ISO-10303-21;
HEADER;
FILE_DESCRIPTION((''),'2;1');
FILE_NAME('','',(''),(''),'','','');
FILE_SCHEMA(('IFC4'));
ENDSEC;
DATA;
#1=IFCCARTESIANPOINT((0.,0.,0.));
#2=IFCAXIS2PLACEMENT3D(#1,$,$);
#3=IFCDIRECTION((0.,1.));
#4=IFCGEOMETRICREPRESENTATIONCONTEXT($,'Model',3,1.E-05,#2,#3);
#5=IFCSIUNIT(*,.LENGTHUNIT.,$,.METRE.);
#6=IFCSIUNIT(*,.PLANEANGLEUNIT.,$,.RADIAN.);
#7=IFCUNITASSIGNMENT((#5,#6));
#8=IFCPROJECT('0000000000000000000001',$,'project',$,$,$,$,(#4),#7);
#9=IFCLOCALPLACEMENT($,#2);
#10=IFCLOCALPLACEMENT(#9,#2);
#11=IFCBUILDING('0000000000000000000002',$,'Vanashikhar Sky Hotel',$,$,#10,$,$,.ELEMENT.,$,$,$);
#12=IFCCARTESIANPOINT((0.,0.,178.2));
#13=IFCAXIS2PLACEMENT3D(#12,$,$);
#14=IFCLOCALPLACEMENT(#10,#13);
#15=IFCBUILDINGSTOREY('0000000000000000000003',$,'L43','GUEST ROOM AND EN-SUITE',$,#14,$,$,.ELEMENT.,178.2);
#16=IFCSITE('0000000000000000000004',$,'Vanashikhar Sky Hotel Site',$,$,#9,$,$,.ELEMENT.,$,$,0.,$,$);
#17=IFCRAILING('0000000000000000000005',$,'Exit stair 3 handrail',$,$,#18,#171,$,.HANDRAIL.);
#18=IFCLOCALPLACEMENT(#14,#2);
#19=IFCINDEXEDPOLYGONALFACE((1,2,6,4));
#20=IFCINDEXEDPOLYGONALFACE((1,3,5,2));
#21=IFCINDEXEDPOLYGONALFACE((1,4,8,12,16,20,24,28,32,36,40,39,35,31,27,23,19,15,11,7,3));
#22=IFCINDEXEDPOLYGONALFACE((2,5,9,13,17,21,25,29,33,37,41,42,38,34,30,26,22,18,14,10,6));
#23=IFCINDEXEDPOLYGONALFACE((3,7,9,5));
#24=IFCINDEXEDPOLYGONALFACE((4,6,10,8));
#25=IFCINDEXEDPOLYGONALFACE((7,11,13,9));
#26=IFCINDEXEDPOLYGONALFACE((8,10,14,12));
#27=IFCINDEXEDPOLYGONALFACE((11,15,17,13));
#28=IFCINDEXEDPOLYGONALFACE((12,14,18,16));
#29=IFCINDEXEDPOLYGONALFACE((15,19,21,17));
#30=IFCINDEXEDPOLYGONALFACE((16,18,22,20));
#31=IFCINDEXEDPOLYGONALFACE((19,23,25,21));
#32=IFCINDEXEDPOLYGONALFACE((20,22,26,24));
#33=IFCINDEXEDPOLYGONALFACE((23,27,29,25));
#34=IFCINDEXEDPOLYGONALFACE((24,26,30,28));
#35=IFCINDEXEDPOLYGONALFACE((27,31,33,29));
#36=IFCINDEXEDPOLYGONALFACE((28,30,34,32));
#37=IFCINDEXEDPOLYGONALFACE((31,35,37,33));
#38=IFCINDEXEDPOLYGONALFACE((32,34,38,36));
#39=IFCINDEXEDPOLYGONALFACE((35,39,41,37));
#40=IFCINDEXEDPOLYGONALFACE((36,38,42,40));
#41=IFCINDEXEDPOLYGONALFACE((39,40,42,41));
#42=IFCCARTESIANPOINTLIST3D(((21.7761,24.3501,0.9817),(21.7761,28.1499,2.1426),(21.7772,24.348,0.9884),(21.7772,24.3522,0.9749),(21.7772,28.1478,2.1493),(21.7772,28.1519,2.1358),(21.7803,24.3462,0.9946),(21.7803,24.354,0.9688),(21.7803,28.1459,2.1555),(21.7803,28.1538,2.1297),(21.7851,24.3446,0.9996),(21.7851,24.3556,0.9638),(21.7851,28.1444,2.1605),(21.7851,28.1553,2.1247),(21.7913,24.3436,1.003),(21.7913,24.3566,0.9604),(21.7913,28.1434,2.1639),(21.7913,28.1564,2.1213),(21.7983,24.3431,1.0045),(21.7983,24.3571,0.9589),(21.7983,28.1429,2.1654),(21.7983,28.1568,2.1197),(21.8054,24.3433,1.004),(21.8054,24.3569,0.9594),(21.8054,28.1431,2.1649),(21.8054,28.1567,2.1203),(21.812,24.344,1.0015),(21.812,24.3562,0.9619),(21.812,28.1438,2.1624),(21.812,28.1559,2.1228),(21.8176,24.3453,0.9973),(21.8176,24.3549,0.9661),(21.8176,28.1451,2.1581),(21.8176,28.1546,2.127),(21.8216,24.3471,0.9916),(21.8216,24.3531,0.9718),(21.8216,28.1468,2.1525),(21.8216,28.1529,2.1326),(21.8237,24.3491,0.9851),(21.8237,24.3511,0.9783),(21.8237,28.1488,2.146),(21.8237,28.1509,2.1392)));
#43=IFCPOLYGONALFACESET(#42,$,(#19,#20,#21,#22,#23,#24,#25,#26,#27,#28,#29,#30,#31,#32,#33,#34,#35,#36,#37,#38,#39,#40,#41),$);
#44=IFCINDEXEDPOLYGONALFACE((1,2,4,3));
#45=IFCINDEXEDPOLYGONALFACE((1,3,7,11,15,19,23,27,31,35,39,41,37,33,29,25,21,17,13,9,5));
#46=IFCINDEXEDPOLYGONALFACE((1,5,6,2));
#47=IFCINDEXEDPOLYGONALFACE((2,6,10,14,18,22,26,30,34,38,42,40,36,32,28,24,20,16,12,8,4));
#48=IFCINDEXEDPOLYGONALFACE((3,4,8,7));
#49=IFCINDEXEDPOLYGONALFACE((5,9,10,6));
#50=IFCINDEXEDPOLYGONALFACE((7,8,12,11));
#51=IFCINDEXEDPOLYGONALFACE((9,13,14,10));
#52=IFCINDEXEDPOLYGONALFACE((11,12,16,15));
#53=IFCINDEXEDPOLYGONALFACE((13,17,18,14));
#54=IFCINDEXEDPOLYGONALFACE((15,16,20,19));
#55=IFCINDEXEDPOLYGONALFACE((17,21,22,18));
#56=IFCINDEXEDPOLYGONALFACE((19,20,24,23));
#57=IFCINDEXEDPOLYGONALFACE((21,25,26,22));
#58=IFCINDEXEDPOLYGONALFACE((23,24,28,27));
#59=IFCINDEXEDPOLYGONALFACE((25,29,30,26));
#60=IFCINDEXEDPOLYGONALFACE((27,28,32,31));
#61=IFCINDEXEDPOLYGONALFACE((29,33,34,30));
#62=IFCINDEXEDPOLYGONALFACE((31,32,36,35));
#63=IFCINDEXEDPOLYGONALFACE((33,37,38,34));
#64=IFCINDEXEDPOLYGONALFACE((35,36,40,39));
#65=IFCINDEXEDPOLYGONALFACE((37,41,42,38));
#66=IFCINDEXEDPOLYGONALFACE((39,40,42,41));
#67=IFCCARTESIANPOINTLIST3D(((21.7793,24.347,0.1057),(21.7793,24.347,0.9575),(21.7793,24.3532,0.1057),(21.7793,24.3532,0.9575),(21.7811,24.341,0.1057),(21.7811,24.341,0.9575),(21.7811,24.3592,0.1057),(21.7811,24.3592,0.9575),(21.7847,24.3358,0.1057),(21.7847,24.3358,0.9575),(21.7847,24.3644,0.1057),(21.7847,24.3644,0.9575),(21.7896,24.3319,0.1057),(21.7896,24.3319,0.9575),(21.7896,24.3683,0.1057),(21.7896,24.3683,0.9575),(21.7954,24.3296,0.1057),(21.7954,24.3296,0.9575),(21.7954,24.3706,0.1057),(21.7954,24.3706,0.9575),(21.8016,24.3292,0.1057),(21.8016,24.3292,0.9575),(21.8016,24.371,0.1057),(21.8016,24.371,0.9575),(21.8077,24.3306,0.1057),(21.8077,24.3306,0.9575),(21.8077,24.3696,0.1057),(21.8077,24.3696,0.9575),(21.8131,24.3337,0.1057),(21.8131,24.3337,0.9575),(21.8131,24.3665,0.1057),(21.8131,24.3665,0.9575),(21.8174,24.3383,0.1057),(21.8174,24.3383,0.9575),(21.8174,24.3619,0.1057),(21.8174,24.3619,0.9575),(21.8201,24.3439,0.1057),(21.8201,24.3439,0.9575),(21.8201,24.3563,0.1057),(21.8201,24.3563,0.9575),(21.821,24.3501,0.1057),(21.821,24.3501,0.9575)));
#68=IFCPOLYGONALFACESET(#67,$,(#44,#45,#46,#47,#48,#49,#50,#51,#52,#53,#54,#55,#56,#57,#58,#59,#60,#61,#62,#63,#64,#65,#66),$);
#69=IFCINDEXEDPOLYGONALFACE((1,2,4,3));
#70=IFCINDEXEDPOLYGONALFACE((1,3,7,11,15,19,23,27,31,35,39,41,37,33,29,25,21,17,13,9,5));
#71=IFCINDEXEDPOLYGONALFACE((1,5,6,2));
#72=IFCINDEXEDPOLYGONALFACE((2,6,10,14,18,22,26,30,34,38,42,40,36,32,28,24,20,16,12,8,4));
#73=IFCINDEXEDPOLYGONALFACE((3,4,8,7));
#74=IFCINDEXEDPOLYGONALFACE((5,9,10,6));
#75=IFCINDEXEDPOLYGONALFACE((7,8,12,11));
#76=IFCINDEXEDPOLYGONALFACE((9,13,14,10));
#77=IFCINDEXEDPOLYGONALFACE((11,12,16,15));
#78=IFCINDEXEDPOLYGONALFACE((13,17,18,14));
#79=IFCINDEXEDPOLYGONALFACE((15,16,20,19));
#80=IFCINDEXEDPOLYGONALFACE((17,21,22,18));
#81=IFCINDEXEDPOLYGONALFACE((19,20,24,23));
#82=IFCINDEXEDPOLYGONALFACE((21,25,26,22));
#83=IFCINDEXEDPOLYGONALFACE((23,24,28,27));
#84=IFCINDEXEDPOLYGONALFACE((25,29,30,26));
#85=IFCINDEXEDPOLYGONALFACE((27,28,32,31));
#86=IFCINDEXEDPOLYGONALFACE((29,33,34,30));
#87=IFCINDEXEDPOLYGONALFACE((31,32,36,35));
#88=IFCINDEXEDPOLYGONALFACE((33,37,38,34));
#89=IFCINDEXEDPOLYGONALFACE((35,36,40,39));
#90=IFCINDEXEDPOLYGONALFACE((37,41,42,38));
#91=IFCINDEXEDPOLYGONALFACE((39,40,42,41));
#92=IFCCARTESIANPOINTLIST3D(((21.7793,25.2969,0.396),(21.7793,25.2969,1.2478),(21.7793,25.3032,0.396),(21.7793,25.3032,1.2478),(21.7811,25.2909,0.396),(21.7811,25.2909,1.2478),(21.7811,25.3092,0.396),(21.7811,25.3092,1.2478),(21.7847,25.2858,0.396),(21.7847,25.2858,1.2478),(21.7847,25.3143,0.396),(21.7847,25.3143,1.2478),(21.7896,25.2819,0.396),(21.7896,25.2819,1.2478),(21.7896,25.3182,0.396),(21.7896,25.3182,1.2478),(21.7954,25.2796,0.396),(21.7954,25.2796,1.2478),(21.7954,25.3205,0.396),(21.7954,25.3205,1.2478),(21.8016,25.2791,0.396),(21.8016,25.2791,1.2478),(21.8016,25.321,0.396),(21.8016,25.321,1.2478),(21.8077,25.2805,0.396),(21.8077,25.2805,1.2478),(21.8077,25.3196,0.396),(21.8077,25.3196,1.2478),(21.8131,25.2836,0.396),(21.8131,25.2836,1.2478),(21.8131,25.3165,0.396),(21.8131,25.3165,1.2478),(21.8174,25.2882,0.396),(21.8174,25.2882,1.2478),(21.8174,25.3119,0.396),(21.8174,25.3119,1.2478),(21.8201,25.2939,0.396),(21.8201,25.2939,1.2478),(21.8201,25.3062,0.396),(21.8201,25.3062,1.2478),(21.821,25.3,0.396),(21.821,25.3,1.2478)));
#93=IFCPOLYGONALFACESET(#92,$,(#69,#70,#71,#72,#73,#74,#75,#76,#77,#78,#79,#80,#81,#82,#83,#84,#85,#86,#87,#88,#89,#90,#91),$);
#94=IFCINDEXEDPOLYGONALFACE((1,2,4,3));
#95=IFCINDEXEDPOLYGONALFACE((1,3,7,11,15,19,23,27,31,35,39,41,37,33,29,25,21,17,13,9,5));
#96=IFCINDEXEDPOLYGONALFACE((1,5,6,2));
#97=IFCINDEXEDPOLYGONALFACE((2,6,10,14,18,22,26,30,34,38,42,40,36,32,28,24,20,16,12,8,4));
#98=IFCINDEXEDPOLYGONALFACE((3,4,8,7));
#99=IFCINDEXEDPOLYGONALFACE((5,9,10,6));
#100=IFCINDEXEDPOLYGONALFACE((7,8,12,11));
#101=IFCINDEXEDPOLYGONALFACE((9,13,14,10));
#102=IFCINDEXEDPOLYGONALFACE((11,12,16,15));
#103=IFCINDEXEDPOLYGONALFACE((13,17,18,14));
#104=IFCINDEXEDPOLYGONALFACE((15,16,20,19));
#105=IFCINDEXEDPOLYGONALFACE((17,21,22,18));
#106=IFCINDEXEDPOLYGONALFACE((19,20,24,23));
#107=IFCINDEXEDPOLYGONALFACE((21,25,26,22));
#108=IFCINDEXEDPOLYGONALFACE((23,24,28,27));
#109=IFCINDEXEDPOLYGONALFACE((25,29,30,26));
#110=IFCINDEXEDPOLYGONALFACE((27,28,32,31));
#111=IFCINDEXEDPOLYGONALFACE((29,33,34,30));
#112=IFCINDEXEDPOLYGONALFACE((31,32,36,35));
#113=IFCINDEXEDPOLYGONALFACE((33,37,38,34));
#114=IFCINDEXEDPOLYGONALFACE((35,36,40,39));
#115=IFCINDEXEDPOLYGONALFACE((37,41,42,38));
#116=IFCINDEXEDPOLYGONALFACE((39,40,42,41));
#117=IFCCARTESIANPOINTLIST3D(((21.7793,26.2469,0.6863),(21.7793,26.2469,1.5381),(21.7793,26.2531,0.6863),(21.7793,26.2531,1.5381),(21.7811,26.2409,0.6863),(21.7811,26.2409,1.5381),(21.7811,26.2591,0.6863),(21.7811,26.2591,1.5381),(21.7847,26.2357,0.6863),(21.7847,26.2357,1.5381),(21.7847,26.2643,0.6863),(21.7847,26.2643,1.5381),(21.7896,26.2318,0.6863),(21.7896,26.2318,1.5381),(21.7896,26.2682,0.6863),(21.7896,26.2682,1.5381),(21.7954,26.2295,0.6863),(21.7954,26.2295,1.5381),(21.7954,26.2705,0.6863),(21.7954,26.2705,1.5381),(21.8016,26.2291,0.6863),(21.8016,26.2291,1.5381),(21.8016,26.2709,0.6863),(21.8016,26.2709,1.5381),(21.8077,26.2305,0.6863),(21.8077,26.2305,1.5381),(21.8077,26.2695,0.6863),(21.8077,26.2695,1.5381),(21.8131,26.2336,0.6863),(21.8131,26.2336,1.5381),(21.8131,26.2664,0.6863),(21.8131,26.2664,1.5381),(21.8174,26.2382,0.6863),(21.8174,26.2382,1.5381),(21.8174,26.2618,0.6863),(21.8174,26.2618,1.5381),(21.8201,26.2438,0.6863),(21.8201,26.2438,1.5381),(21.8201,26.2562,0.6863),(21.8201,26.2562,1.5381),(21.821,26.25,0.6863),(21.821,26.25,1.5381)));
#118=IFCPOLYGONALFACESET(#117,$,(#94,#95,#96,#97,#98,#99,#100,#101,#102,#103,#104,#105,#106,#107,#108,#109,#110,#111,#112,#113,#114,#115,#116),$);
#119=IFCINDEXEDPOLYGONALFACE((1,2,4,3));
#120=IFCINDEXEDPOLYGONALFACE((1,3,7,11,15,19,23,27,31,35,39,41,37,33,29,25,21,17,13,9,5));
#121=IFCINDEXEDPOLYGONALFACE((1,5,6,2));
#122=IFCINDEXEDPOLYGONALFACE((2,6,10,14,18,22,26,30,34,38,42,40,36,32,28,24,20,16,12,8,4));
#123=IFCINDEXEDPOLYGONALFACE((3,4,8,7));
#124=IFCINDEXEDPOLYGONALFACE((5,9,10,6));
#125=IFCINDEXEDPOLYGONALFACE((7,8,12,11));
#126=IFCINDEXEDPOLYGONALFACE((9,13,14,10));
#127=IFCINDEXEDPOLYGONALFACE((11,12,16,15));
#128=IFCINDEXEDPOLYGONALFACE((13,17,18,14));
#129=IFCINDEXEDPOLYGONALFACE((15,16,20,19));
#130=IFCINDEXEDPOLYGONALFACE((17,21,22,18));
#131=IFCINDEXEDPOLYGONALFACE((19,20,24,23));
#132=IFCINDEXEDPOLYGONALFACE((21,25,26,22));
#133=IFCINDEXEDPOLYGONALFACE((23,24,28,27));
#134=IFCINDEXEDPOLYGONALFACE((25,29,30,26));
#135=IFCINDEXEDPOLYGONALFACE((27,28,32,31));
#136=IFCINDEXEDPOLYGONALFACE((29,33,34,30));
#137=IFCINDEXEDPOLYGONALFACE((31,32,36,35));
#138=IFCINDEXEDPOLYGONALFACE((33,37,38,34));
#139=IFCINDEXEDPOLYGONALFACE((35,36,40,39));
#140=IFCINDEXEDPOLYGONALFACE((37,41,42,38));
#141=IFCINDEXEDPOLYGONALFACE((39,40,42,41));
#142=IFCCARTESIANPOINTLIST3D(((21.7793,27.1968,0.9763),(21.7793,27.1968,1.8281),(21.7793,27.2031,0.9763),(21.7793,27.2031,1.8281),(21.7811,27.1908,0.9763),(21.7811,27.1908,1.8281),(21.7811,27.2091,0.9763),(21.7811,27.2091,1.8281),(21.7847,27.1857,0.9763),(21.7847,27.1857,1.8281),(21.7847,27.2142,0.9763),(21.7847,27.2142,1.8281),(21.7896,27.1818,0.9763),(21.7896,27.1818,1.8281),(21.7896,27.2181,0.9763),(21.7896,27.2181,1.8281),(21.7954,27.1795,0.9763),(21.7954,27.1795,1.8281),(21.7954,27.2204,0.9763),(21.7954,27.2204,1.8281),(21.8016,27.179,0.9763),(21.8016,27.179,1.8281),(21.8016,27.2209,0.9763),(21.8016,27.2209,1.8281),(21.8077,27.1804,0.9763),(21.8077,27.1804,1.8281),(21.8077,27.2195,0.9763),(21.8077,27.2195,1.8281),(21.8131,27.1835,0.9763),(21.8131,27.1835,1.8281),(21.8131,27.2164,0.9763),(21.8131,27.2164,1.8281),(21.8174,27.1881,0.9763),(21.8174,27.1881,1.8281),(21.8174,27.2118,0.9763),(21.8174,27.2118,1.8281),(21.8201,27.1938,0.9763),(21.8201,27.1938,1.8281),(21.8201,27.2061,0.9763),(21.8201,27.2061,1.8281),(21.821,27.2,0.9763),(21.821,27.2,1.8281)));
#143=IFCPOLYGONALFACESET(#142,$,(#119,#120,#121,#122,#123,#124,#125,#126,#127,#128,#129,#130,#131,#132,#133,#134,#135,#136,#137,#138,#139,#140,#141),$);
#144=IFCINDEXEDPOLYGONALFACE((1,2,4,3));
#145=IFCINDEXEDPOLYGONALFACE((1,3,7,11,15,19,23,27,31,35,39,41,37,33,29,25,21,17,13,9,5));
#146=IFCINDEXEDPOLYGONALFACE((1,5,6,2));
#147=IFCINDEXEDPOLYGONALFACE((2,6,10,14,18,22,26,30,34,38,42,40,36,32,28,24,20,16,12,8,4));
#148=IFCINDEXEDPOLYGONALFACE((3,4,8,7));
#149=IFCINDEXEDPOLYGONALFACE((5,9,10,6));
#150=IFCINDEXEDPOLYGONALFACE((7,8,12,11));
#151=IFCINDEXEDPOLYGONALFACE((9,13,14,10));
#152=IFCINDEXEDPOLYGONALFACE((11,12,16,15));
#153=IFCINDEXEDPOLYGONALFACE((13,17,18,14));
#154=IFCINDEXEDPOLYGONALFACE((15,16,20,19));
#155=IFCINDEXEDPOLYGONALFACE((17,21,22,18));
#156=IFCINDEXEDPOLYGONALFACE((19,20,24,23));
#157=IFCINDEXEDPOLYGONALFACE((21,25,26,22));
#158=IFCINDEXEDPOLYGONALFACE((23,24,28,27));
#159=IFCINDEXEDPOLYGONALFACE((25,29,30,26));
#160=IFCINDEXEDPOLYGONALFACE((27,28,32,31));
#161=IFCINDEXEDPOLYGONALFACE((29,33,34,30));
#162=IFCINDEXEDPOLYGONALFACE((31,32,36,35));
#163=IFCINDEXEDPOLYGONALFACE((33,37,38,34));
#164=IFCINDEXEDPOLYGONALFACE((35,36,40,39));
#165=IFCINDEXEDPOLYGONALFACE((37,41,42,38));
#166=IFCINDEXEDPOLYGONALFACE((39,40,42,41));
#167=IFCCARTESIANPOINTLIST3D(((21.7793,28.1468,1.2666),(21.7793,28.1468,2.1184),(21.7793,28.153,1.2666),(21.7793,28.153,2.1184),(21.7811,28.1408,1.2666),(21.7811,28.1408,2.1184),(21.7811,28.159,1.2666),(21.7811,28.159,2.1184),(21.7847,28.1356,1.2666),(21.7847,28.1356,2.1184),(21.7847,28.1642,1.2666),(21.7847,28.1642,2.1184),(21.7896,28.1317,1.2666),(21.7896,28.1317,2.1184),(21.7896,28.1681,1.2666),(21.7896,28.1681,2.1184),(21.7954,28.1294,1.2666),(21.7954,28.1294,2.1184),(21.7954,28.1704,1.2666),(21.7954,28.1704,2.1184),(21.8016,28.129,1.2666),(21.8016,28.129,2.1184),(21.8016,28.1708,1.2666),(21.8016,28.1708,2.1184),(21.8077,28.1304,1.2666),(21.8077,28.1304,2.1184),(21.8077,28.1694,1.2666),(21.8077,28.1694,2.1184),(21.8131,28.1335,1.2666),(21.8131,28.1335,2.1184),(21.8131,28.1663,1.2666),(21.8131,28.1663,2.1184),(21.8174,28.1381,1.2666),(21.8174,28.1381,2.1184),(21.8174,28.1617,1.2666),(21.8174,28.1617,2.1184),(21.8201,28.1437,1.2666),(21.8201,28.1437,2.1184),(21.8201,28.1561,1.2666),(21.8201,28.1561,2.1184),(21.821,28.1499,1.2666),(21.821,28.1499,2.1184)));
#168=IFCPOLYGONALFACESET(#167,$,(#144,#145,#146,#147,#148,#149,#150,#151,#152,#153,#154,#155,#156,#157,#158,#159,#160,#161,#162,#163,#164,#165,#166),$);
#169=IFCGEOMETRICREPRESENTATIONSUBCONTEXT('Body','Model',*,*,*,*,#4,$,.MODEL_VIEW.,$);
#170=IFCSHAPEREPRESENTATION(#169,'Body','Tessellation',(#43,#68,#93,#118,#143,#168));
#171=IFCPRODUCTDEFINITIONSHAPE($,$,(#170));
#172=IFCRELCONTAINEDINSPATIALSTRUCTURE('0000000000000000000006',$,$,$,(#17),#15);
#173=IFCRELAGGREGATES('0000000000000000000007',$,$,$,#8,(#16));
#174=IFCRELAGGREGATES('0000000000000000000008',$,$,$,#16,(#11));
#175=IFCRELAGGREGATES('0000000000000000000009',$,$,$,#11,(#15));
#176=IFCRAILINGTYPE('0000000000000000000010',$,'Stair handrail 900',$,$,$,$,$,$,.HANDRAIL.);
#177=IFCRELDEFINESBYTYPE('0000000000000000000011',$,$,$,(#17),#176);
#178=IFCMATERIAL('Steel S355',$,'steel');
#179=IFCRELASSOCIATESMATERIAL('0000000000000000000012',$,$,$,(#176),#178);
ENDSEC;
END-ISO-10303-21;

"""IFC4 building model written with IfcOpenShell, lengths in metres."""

from ifc_helpers import new_model, si_unit, direction, frame, origin, origin_2d, place, context, subcontext, project, spatial, circle, extrude, source, transform, mapped, material, type_object, element, save


model = new_model("IFC4")

# Units and contexts
model_context = context("Model", 3, precision=1e-05, world=origin(), true_north=direction((0.0, 1.0)))
body_context = subcontext(model_context, "Body", "Model", "MODEL_VIEW")
ifc_project = project(units=[si_unit("LENGTHUNIT", "METRE"), si_unit("PLANEANGLEUNIT", "RADIAN")], contexts=[model_context])

# Site, building, storey
site_placement = place(None, origin())
site = spatial("IfcSite", under=ifc_project, at=site_placement, Name="Vanashikhar Sky Hotel Site", CompositionType="ELEMENT", RefElevation=0.0)
building_placement = place(site_placement, origin())
building = spatial("IfcBuilding", under=site, at=building_placement, Name="Vanashikhar Sky Hotel", CompositionType="ELEMENT")
storey_placement = place(building_placement, frame((0.0, 0.0, 178.2)))
storey = spatial("IfcBuildingStorey", under=building, at=storey_placement, Name="L43", Description="GUEST ROOM AND EN-SUITE", CompositionType="ELEMENT", Elevation=178.2)

# Railing
ifc_material_1 = material(Name="Steel S355", Category="steel")
railing_type_1 = type_object("IfcRailingType", Name="Stair handrail 900", PredefinedType="HANDRAIL", material=ifc_material_1)
shared_shape_1 = source(origin(), body_context, "Body", "SweptSolid", [
    extrude(circle(Radius=0.0239, at=origin_2d()), frame((0.0, 0.0, 0.876), z_axis=(0.0, 0.956363, 0.292181), x_axis=(-1.0, 0.0, 0.0)), (0.0, 0.0, 1.0), 3.9731),
    extrude(circle(Radius=0.021, at=origin_2d()), origin(), (0.0, 0.0, 1.0), 0.8518),
    extrude(circle(Radius=0.021, at=origin_2d()), frame((0.0, 0.95, 0.2903)), (0.0, 0.0, 1.0), 0.8518),
    extrude(circle(Radius=0.021, at=origin_2d()), frame((0.0, 1.8999, 0.5806)), (0.0, 0.0, 1.0), 0.8518),
    extrude(circle(Radius=0.021, at=origin_2d()), frame((0.0, 2.8499, 0.8706)), (0.0, 0.0, 1.0), 0.8518),
    extrude(circle(Radius=0.021, at=origin_2d()), frame((0.0, 3.7998, 1.1609)), (0.0, 0.0, 1.0), 0.8518),
])
railing_1_placement = place(storey_placement, frame((21.8, 24.3501, 0.1057)))
element("IfcRailing", 1, at=railing_1_placement, inside=storey, type_object=railing_type_1, Name="Exit stair 3 handrail", PredefinedType="HANDRAIL", context=body_context, shape_type="MappedRepresentation", body=[
    mapped(shared_shape_1, transform((0.0, 0.0, 0.0), scale=1.0)),
])

save(model, "model.ifc")
